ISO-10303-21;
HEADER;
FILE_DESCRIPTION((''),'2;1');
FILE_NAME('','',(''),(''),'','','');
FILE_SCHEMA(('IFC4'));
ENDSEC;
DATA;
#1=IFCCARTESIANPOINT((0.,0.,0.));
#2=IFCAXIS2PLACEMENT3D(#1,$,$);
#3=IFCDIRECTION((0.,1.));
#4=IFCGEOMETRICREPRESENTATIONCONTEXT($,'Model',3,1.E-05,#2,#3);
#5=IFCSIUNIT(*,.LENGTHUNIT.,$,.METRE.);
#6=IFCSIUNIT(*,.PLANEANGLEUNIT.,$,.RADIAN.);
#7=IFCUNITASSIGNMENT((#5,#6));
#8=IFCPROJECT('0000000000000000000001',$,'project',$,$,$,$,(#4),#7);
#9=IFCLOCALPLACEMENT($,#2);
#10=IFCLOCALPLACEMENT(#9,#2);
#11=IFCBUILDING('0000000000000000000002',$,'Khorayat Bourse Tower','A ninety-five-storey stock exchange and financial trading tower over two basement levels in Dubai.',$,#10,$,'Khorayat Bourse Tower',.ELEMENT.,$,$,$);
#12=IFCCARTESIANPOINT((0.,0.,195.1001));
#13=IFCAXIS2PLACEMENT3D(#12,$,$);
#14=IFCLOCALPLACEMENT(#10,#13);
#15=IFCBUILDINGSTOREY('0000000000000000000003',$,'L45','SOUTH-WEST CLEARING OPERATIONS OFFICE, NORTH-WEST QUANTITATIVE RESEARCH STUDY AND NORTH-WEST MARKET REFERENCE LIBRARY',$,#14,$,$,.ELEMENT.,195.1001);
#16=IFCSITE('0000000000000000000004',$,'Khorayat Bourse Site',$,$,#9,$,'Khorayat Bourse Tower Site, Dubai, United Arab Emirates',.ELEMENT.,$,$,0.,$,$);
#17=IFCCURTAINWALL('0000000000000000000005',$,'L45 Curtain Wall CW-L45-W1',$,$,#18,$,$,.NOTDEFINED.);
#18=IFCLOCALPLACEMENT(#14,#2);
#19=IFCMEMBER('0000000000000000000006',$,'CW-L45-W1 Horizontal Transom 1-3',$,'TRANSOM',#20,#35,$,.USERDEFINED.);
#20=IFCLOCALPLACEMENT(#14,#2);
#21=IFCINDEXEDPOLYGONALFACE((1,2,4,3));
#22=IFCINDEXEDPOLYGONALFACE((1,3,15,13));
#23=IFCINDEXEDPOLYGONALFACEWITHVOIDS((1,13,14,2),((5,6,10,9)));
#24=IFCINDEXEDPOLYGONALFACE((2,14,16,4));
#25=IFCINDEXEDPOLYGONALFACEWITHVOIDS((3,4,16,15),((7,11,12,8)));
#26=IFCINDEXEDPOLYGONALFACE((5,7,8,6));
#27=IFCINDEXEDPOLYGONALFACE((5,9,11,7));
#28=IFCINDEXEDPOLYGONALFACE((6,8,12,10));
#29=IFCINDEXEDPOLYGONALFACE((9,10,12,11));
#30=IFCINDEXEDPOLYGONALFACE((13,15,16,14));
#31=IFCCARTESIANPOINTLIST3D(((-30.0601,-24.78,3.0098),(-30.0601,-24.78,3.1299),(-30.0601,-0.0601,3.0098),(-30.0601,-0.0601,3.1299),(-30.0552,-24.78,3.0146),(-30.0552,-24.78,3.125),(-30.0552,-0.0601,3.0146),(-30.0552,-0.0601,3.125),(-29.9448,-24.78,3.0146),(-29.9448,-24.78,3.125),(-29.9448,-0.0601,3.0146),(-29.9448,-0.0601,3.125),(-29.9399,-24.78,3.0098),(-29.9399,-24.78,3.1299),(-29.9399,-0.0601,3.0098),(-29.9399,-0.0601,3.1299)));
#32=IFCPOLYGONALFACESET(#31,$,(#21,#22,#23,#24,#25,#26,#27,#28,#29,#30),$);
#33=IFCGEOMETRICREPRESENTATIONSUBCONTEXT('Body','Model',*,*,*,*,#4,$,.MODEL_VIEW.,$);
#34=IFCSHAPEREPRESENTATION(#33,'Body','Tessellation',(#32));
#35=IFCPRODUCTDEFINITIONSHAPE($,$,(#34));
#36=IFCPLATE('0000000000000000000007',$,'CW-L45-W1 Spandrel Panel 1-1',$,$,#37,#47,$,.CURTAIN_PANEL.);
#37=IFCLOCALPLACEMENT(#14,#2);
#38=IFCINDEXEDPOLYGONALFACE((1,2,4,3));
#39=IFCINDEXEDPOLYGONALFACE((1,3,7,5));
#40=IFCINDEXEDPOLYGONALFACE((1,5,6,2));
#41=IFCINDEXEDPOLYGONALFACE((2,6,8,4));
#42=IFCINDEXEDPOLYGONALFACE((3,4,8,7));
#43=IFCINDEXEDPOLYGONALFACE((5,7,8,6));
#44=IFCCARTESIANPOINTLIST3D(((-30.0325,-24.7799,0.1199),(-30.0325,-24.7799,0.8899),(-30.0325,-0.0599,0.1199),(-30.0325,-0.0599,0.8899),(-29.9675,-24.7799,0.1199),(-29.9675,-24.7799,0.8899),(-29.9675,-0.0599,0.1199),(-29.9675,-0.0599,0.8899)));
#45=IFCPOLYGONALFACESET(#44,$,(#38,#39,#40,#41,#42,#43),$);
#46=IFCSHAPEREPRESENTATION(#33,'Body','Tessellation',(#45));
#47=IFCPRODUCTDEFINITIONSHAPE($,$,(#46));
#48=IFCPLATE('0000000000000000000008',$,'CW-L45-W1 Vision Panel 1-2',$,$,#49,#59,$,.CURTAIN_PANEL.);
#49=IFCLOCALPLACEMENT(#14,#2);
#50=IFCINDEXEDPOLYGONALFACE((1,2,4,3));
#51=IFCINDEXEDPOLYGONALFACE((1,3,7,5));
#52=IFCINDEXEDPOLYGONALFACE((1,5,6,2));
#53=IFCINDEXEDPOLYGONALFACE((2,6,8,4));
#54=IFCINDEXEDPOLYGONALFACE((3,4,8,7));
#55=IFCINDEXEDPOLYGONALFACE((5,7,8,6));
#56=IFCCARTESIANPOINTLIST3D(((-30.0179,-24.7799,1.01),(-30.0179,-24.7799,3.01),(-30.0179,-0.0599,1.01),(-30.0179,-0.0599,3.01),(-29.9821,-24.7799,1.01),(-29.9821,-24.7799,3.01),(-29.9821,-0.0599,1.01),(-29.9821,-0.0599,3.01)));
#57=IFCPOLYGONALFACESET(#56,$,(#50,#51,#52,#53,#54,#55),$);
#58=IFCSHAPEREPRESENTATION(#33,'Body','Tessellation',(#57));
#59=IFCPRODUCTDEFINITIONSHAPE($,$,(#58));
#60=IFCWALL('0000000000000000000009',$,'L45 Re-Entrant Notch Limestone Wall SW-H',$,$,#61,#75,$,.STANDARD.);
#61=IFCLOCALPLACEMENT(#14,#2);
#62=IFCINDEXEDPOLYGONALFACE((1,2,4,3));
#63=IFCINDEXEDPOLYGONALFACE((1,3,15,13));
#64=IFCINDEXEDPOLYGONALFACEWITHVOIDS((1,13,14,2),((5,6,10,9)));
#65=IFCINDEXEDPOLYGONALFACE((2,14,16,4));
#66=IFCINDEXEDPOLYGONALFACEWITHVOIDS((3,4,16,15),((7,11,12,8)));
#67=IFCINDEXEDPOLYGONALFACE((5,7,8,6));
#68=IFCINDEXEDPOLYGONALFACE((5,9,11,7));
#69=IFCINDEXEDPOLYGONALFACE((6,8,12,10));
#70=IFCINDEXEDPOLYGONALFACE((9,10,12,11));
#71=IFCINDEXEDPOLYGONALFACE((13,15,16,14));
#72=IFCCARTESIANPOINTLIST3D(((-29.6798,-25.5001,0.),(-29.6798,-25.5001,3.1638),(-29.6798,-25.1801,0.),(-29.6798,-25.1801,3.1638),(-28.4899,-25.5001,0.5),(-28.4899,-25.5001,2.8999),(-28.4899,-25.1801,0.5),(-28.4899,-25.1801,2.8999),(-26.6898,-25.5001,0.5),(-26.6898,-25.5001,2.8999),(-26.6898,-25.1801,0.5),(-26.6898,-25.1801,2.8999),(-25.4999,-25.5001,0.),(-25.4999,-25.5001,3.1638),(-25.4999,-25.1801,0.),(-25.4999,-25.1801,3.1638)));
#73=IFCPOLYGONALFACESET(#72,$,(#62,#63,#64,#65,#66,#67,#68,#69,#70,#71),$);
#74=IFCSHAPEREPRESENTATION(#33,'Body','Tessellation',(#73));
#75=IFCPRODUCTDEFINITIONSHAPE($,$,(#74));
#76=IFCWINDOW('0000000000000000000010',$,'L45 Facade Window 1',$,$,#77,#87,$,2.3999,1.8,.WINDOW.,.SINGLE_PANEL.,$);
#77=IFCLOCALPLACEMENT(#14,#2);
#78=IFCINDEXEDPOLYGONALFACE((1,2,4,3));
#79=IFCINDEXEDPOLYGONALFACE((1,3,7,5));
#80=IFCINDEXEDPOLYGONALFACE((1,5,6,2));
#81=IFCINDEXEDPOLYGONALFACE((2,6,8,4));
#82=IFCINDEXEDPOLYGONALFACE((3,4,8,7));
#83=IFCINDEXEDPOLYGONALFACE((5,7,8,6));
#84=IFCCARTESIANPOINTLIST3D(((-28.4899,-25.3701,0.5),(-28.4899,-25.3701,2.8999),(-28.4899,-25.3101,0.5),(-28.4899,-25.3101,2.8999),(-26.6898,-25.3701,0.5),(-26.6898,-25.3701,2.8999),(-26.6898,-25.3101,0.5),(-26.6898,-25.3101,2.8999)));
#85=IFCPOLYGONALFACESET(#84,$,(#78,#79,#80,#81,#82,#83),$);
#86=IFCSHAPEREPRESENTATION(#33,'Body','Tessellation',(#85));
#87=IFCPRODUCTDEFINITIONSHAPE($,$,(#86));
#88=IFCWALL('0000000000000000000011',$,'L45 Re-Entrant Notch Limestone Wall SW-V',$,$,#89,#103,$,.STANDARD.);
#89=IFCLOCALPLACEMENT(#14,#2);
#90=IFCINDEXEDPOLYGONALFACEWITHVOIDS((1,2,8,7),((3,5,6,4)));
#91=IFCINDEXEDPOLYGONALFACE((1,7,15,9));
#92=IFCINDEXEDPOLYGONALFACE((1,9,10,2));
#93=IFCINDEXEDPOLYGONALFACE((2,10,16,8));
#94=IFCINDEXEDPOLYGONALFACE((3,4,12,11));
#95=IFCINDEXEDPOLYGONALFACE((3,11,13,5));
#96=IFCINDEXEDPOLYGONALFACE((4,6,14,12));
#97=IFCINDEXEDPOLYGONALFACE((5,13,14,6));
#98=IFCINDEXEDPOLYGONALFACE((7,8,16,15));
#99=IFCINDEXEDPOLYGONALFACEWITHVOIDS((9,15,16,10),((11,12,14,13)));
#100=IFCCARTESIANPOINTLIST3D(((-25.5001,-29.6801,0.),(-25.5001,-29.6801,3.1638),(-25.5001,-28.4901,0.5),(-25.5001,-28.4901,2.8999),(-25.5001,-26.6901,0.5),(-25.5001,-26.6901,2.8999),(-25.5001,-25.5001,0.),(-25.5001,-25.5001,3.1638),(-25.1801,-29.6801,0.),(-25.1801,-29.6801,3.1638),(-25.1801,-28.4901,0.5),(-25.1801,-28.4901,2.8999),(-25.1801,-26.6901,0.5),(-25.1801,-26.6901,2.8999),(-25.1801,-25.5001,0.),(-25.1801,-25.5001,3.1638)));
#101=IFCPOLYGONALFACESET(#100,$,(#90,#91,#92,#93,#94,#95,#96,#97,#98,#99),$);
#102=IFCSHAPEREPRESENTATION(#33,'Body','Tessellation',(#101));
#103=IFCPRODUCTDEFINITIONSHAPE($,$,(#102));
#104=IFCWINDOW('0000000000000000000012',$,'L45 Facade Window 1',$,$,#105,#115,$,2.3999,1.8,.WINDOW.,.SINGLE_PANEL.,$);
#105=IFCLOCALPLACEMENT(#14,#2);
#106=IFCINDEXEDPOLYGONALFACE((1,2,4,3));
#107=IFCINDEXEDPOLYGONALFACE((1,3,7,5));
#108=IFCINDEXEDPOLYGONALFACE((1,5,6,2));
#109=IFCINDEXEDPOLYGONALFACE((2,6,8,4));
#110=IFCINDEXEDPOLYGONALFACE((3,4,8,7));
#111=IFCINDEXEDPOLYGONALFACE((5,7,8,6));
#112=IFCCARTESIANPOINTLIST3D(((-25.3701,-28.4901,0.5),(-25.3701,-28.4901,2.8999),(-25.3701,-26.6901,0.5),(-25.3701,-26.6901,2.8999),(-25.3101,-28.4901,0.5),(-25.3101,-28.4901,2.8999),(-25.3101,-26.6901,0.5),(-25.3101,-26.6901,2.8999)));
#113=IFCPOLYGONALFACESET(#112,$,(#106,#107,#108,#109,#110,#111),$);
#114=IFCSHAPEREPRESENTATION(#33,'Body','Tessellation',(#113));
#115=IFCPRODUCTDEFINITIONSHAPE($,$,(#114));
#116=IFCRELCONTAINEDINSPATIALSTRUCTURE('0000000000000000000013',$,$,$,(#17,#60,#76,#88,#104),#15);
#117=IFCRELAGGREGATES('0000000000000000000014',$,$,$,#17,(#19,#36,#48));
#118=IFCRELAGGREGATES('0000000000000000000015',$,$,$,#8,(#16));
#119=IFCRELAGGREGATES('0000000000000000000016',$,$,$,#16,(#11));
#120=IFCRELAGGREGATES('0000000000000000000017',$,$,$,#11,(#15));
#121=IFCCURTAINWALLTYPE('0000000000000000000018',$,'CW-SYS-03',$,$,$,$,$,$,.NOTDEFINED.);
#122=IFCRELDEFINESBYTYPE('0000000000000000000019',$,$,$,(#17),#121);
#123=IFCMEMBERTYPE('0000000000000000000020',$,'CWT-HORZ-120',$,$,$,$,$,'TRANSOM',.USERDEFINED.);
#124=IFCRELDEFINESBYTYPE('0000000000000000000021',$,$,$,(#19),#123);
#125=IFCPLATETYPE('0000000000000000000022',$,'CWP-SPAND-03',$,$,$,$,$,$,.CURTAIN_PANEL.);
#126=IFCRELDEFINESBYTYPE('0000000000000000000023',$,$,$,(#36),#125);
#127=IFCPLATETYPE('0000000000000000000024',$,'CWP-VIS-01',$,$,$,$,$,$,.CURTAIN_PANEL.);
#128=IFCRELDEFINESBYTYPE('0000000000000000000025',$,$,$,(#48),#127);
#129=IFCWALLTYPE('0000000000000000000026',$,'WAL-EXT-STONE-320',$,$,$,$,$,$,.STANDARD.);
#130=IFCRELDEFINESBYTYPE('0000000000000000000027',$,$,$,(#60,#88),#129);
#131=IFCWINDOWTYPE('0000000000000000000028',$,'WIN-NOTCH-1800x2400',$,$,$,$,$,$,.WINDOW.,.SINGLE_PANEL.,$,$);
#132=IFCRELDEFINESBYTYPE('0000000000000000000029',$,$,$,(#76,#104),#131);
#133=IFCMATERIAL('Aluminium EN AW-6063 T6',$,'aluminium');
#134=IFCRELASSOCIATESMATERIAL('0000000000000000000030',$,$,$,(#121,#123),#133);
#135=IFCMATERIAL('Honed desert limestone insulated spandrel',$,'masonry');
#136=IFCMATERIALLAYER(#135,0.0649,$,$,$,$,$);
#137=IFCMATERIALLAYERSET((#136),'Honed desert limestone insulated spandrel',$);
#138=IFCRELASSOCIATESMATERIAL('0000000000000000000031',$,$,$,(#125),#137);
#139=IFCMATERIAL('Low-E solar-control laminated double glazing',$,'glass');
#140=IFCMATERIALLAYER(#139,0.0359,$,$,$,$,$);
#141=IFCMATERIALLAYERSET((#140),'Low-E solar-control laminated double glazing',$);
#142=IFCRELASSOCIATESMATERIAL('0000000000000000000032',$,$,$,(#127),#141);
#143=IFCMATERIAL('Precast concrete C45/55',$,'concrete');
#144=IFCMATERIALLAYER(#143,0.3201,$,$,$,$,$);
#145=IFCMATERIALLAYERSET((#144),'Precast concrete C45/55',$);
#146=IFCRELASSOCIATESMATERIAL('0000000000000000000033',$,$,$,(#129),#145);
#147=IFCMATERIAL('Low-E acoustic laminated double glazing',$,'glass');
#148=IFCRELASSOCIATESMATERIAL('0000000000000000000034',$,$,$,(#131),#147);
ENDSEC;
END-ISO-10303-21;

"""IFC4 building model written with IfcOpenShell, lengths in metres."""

from ifc_helpers import new_model, si_unit, direction, frame, frame_2d, origin, origin_2d, place, context, subcontext, project, spatial, rectangle, hollow_rectangle, extrude, source, transform, mapped, material, layer, layer_set, material_profile, profile_set, type_object, element, fill, aggregate, save


model = new_model("IFC4")

# Units and contexts
model_context = context("Model", 3, precision=1e-05, world=origin(), true_north=direction((0.0, 1.0)))
body_context = subcontext(model_context, "Body", "Model", "MODEL_VIEW")
ifc_project = project(units=[si_unit("LENGTHUNIT", "METRE"), si_unit("PLANEANGLEUNIT", "RADIAN")], contexts=[model_context])

# Site, building, storey
site_placement = place(None, origin())
site = spatial("IfcSite", under=ifc_project, at=site_placement, Name="Khorayat Bourse Site", LongName="Khorayat Bourse Tower Site, Dubai, United Arab Emirates", CompositionType="ELEMENT", RefElevation=0.0)
building_placement = place(site_placement, origin())
building = spatial("IfcBuilding", under=site, at=building_placement, Name="Khorayat Bourse Tower", Description="A ninety-five-storey stock exchange and financial trading tower over two basement levels in Dubai.", LongName="Khorayat Bourse Tower", CompositionType="ELEMENT")
storey_placement = place(building_placement, frame((0.0, 0.0, 195.1001)))
storey = spatial("IfcBuildingStorey", under=building, at=storey_placement, Name="L45", Description="SOUTH-WEST CLEARING OPERATIONS OFFICE, NORTH-WEST QUANTITATIVE RESEARCH STUDY AND NORTH-WEST MARKET REFERENCE LIBRARY", CompositionType="ELEMENT", Elevation=195.1001)

# Shared definitions
ifc_material_1 = material(Name="Aluminium EN AW-6063 T6", Category="aluminium")
curtain_wall_type = type_object("IfcCurtainWallType", Name="CW-SYS-03", PredefinedType="NOTDEFINED", material=ifc_material_1)

# Curtain wall, member, plates
curtain_wall_1_placement = place(storey_placement, origin())
curtain_wall_1 = element("IfcCurtainWall", 1, at=curtain_wall_1_placement, inside=storey, type_object=curtain_wall_type, Name="L45 Curtain Wall CW-L45-W1", PredefinedType="NOTDEFINED")
ifc_material_profile_1 = material_profile(ifc_material_1, hollow_rectangle(XDim=0.1201, YDim=0.1201, WallThickness=0.0049, at=origin_2d()), Name="ALU 120x120x5")
ifc_profile_set_1 = profile_set([ifc_material_profile_1], Name="Aluminium EN AW-6063 T6")
member_type_1 = type_object("IfcMemberType", Name="CWT-HORZ-120", ElementType="TRANSOM", PredefinedType="USERDEFINED", material=ifc_profile_set_1)
shared_shape_1 = source(origin(), body_context, "Body", "SweptSolid", [
    extrude(hollow_rectangle(XDim=0.1201, YDim=0.1201, WallThickness=0.0049, at=origin_2d()), origin(), (0.0, 0.0, 1.0), 24.72),
])
member_1_placement = place(storey_placement, frame((-30.0, -24.78, 3.0698), z_axis=(0.0, 1.0, 0.0), x_axis=(-1.0, 0.0, 0.0)))
member_1 = element("IfcMember", 2, at=member_1_placement, type_object=member_type_1, Name="CW-L45-W1 Horizontal Transom 1-3", ObjectType="TRANSOM", PredefinedType="USERDEFINED", context=body_context, shape_type="MappedRepresentation", body=[
    mapped(shared_shape_1, transform((0.0, 0.0, 0.0), scale=1.0)),
])
ifc_material_2 = material(Name="Honed desert limestone insulated spandrel", Category="masonry")
ifc_layer_1 = layer(ifc_material_2, 0.0649)
ifc_layer_set_1 = layer_set([ifc_layer_1], Name="Honed desert limestone insulated spandrel")
plate_type_1 = type_object("IfcPlateType", Name="CWP-SPAND-03", PredefinedType="CURTAIN_PANEL", material=ifc_layer_set_1)
shared_shape_2 = source(origin(), body_context, "Body", "SweptSolid", [
    extrude(rectangle(XDim=24.72, YDim=0.0649, at=origin_2d()), origin(), (0.0, 0.0, 1.0), 0.77),
])
plate_1_placement = place(storey_placement, frame((-30.0, -12.4199, 0.1199), z_axis=(0.0, 0.0, 1.0), x_axis=(0.0, 1.0, 0.0)))
plate_1 = element("IfcPlate", 3, at=plate_1_placement, type_object=plate_type_1, Name="CW-L45-W1 Spandrel Panel 1-1", PredefinedType="CURTAIN_PANEL", context=body_context, shape_type="MappedRepresentation", body=[
    mapped(shared_shape_2, transform((0.0, 0.0, 0.0), scale=1.0)),
])
ifc_material_3 = material(Name="Low-E solar-control laminated double glazing", Category="glass")
ifc_layer_2 = layer(ifc_material_3, 0.0359)
ifc_layer_set_2 = layer_set([ifc_layer_2], Name="Low-E solar-control laminated double glazing")
plate_type_2 = type_object("IfcPlateType", Name="CWP-VIS-01", PredefinedType="CURTAIN_PANEL", material=ifc_layer_set_2)
shared_shape_3 = source(origin(), body_context, "Body", "SweptSolid", [
    extrude(rectangle(XDim=24.72, YDim=0.0359, at=origin_2d()), origin(), (0.0, 0.0, 1.0), 2.0),
])
plate_2_placement = place(storey_placement, frame((-30.0, -12.4199, 1.01), z_axis=(0.0, 0.0, 1.0), x_axis=(0.0, 1.0, 0.0)))
plate_2 = element("IfcPlate", 4, at=plate_2_placement, type_object=plate_type_2, Name="CW-L45-W1 Vision Panel 1-2", PredefinedType="CURTAIN_PANEL", context=body_context, shape_type="MappedRepresentation", body=[
    mapped(shared_shape_3, transform((0.0, 0.0, 0.0), scale=1.0)),
])
aggregate(curtain_wall_1, [member_1, plate_1, plate_2])

# Walls, openings, windows
ifc_material_4 = material(Name="Precast concrete C45/55", Category="concrete")
ifc_layer_3 = layer(ifc_material_4, 0.3201)
ifc_layer_set_3 = layer_set([ifc_layer_3], Name="Precast concrete C45/55")
wall_type = type_object("IfcWallType", Name="WAL-EXT-STONE-320", PredefinedType="STANDARD", material=ifc_layer_set_3)
shared_shape_4 = source(origin(), body_context, "Body", "SweptSolid", [
    extrude(rectangle(XDim=4.1799, YDim=0.3201, at=frame_2d((2.0898, 0.0))), origin(), (0.0, 0.0, 1.0), 3.1638),
])
wall_1_placement = place(storey_placement, frame((-25.5, -25.3401, 0.0), z_axis=(0.0, 0.0, 1.0), x_axis=(-1.0, 0.0, 0.0)))
wall_1 = element("IfcWall", 5, at=wall_1_placement, inside=storey, type_object=wall_type, Name="L45 Re-Entrant Notch Limestone Wall SW-H", PredefinedType="STANDARD", context=body_context, shape_type="MappedRepresentation", body=[
    mapped(shared_shape_4, transform((0.0, 0.0, 0.0), scale=1.0)),
])
shared_shape_5 = source(origin(), body_context, "Body", "SweptSolid", [
    extrude(rectangle(XDim=1.8, YDim=2.3999, at=frame_2d((0.8999, 1.2))), frame((0.0, 0.1699, 0.0), z_axis=(0.0, -1.0, 0.0), x_axis=(1.0, 0.0, 0.0)), (0.0, 0.0, 1.0), 0.3401),
])
opening_1_placement = place(wall_1_placement, frame((1.1899, 0.0, 0.5)))
opening_1 = element("IfcOpeningElement", 6, at=opening_1_placement, cuts=wall_1, PredefinedType="OPENING", context=body_context, shape_type="MappedRepresentation", body=[
    mapped(shared_shape_5, transform((0.0, 0.0, 0.0), scale=1.0)),
])
ifc_material_5 = material(Name="Low-E acoustic laminated double glazing", Category="glass")
window_type = type_object("IfcWindowType", Name="WIN-NOTCH-1800x2400", PartitioningType="SINGLE_PANEL", PredefinedType="WINDOW", material=ifc_material_5)
shared_shape_6 = source(origin(), body_context, "Body", "SweptSolid", [
    extrude(rectangle(XDim=1.8, YDim=2.3999, at=frame_2d((0.8999, 1.2))), frame((0.0, 0.03, 0.0), z_axis=(0.0, -1.0, 0.0), x_axis=(1.0, 0.0, 0.0)), (0.0, 0.0, 1.0), 0.0601),
])
window_1_placement = place(opening_1_placement, origin())
window_1 = element("IfcWindow", 7, at=window_1_placement, inside=storey, type_object=window_type, Name="L45 Facade Window 1", OverallHeight=2.3999, OverallWidth=1.8, PartitioningType="SINGLE_PANEL", PredefinedType="WINDOW", context=body_context, shape_type="MappedRepresentation", body=[
    mapped(shared_shape_6, transform((0.0, 0.0, 0.0), scale=1.0)),
])
fill(opening_1, window_1)
wall_2_placement = place(storey_placement, frame((-25.3401, -29.6799, 0.0), z_axis=(0.0, 0.0, 1.0), x_axis=(0.0, 1.0, 0.0)))
wall_2 = element("IfcWall", 8, at=wall_2_placement, inside=storey, type_object=wall_type, Name="L45 Re-Entrant Notch Limestone Wall SW-V", PredefinedType="STANDARD", context=body_context, shape_type="MappedRepresentation", body=[
    mapped(shared_shape_4, transform((0.0, 0.0, 0.0), scale=1.0)),
])
opening_2_placement = place(wall_2_placement, frame((1.1899, 0.0, 0.5)))
opening_2 = element("IfcOpeningElement", 9, at=opening_2_placement, cuts=wall_2, PredefinedType="OPENING", context=body_context, shape_type="MappedRepresentation", body=[
    mapped(shared_shape_5, transform((0.0, 0.0, 0.0), scale=1.0)),
])
window_2_placement = place(opening_2_placement, origin())
window_2 = element("IfcWindow", 10, at=window_2_placement, inside=storey, type_object=window_type, Name="L45 Facade Window 1", OverallHeight=2.3999, OverallWidth=1.8, PartitioningType="SINGLE_PANEL", PredefinedType="WINDOW", context=body_context, shape_type="MappedRepresentation", body=[
    mapped(shared_shape_6, transform((0.0, 0.0, 0.0), scale=1.0)),
])
fill(opening_2, window_2)

save(model, "model.ifc")
